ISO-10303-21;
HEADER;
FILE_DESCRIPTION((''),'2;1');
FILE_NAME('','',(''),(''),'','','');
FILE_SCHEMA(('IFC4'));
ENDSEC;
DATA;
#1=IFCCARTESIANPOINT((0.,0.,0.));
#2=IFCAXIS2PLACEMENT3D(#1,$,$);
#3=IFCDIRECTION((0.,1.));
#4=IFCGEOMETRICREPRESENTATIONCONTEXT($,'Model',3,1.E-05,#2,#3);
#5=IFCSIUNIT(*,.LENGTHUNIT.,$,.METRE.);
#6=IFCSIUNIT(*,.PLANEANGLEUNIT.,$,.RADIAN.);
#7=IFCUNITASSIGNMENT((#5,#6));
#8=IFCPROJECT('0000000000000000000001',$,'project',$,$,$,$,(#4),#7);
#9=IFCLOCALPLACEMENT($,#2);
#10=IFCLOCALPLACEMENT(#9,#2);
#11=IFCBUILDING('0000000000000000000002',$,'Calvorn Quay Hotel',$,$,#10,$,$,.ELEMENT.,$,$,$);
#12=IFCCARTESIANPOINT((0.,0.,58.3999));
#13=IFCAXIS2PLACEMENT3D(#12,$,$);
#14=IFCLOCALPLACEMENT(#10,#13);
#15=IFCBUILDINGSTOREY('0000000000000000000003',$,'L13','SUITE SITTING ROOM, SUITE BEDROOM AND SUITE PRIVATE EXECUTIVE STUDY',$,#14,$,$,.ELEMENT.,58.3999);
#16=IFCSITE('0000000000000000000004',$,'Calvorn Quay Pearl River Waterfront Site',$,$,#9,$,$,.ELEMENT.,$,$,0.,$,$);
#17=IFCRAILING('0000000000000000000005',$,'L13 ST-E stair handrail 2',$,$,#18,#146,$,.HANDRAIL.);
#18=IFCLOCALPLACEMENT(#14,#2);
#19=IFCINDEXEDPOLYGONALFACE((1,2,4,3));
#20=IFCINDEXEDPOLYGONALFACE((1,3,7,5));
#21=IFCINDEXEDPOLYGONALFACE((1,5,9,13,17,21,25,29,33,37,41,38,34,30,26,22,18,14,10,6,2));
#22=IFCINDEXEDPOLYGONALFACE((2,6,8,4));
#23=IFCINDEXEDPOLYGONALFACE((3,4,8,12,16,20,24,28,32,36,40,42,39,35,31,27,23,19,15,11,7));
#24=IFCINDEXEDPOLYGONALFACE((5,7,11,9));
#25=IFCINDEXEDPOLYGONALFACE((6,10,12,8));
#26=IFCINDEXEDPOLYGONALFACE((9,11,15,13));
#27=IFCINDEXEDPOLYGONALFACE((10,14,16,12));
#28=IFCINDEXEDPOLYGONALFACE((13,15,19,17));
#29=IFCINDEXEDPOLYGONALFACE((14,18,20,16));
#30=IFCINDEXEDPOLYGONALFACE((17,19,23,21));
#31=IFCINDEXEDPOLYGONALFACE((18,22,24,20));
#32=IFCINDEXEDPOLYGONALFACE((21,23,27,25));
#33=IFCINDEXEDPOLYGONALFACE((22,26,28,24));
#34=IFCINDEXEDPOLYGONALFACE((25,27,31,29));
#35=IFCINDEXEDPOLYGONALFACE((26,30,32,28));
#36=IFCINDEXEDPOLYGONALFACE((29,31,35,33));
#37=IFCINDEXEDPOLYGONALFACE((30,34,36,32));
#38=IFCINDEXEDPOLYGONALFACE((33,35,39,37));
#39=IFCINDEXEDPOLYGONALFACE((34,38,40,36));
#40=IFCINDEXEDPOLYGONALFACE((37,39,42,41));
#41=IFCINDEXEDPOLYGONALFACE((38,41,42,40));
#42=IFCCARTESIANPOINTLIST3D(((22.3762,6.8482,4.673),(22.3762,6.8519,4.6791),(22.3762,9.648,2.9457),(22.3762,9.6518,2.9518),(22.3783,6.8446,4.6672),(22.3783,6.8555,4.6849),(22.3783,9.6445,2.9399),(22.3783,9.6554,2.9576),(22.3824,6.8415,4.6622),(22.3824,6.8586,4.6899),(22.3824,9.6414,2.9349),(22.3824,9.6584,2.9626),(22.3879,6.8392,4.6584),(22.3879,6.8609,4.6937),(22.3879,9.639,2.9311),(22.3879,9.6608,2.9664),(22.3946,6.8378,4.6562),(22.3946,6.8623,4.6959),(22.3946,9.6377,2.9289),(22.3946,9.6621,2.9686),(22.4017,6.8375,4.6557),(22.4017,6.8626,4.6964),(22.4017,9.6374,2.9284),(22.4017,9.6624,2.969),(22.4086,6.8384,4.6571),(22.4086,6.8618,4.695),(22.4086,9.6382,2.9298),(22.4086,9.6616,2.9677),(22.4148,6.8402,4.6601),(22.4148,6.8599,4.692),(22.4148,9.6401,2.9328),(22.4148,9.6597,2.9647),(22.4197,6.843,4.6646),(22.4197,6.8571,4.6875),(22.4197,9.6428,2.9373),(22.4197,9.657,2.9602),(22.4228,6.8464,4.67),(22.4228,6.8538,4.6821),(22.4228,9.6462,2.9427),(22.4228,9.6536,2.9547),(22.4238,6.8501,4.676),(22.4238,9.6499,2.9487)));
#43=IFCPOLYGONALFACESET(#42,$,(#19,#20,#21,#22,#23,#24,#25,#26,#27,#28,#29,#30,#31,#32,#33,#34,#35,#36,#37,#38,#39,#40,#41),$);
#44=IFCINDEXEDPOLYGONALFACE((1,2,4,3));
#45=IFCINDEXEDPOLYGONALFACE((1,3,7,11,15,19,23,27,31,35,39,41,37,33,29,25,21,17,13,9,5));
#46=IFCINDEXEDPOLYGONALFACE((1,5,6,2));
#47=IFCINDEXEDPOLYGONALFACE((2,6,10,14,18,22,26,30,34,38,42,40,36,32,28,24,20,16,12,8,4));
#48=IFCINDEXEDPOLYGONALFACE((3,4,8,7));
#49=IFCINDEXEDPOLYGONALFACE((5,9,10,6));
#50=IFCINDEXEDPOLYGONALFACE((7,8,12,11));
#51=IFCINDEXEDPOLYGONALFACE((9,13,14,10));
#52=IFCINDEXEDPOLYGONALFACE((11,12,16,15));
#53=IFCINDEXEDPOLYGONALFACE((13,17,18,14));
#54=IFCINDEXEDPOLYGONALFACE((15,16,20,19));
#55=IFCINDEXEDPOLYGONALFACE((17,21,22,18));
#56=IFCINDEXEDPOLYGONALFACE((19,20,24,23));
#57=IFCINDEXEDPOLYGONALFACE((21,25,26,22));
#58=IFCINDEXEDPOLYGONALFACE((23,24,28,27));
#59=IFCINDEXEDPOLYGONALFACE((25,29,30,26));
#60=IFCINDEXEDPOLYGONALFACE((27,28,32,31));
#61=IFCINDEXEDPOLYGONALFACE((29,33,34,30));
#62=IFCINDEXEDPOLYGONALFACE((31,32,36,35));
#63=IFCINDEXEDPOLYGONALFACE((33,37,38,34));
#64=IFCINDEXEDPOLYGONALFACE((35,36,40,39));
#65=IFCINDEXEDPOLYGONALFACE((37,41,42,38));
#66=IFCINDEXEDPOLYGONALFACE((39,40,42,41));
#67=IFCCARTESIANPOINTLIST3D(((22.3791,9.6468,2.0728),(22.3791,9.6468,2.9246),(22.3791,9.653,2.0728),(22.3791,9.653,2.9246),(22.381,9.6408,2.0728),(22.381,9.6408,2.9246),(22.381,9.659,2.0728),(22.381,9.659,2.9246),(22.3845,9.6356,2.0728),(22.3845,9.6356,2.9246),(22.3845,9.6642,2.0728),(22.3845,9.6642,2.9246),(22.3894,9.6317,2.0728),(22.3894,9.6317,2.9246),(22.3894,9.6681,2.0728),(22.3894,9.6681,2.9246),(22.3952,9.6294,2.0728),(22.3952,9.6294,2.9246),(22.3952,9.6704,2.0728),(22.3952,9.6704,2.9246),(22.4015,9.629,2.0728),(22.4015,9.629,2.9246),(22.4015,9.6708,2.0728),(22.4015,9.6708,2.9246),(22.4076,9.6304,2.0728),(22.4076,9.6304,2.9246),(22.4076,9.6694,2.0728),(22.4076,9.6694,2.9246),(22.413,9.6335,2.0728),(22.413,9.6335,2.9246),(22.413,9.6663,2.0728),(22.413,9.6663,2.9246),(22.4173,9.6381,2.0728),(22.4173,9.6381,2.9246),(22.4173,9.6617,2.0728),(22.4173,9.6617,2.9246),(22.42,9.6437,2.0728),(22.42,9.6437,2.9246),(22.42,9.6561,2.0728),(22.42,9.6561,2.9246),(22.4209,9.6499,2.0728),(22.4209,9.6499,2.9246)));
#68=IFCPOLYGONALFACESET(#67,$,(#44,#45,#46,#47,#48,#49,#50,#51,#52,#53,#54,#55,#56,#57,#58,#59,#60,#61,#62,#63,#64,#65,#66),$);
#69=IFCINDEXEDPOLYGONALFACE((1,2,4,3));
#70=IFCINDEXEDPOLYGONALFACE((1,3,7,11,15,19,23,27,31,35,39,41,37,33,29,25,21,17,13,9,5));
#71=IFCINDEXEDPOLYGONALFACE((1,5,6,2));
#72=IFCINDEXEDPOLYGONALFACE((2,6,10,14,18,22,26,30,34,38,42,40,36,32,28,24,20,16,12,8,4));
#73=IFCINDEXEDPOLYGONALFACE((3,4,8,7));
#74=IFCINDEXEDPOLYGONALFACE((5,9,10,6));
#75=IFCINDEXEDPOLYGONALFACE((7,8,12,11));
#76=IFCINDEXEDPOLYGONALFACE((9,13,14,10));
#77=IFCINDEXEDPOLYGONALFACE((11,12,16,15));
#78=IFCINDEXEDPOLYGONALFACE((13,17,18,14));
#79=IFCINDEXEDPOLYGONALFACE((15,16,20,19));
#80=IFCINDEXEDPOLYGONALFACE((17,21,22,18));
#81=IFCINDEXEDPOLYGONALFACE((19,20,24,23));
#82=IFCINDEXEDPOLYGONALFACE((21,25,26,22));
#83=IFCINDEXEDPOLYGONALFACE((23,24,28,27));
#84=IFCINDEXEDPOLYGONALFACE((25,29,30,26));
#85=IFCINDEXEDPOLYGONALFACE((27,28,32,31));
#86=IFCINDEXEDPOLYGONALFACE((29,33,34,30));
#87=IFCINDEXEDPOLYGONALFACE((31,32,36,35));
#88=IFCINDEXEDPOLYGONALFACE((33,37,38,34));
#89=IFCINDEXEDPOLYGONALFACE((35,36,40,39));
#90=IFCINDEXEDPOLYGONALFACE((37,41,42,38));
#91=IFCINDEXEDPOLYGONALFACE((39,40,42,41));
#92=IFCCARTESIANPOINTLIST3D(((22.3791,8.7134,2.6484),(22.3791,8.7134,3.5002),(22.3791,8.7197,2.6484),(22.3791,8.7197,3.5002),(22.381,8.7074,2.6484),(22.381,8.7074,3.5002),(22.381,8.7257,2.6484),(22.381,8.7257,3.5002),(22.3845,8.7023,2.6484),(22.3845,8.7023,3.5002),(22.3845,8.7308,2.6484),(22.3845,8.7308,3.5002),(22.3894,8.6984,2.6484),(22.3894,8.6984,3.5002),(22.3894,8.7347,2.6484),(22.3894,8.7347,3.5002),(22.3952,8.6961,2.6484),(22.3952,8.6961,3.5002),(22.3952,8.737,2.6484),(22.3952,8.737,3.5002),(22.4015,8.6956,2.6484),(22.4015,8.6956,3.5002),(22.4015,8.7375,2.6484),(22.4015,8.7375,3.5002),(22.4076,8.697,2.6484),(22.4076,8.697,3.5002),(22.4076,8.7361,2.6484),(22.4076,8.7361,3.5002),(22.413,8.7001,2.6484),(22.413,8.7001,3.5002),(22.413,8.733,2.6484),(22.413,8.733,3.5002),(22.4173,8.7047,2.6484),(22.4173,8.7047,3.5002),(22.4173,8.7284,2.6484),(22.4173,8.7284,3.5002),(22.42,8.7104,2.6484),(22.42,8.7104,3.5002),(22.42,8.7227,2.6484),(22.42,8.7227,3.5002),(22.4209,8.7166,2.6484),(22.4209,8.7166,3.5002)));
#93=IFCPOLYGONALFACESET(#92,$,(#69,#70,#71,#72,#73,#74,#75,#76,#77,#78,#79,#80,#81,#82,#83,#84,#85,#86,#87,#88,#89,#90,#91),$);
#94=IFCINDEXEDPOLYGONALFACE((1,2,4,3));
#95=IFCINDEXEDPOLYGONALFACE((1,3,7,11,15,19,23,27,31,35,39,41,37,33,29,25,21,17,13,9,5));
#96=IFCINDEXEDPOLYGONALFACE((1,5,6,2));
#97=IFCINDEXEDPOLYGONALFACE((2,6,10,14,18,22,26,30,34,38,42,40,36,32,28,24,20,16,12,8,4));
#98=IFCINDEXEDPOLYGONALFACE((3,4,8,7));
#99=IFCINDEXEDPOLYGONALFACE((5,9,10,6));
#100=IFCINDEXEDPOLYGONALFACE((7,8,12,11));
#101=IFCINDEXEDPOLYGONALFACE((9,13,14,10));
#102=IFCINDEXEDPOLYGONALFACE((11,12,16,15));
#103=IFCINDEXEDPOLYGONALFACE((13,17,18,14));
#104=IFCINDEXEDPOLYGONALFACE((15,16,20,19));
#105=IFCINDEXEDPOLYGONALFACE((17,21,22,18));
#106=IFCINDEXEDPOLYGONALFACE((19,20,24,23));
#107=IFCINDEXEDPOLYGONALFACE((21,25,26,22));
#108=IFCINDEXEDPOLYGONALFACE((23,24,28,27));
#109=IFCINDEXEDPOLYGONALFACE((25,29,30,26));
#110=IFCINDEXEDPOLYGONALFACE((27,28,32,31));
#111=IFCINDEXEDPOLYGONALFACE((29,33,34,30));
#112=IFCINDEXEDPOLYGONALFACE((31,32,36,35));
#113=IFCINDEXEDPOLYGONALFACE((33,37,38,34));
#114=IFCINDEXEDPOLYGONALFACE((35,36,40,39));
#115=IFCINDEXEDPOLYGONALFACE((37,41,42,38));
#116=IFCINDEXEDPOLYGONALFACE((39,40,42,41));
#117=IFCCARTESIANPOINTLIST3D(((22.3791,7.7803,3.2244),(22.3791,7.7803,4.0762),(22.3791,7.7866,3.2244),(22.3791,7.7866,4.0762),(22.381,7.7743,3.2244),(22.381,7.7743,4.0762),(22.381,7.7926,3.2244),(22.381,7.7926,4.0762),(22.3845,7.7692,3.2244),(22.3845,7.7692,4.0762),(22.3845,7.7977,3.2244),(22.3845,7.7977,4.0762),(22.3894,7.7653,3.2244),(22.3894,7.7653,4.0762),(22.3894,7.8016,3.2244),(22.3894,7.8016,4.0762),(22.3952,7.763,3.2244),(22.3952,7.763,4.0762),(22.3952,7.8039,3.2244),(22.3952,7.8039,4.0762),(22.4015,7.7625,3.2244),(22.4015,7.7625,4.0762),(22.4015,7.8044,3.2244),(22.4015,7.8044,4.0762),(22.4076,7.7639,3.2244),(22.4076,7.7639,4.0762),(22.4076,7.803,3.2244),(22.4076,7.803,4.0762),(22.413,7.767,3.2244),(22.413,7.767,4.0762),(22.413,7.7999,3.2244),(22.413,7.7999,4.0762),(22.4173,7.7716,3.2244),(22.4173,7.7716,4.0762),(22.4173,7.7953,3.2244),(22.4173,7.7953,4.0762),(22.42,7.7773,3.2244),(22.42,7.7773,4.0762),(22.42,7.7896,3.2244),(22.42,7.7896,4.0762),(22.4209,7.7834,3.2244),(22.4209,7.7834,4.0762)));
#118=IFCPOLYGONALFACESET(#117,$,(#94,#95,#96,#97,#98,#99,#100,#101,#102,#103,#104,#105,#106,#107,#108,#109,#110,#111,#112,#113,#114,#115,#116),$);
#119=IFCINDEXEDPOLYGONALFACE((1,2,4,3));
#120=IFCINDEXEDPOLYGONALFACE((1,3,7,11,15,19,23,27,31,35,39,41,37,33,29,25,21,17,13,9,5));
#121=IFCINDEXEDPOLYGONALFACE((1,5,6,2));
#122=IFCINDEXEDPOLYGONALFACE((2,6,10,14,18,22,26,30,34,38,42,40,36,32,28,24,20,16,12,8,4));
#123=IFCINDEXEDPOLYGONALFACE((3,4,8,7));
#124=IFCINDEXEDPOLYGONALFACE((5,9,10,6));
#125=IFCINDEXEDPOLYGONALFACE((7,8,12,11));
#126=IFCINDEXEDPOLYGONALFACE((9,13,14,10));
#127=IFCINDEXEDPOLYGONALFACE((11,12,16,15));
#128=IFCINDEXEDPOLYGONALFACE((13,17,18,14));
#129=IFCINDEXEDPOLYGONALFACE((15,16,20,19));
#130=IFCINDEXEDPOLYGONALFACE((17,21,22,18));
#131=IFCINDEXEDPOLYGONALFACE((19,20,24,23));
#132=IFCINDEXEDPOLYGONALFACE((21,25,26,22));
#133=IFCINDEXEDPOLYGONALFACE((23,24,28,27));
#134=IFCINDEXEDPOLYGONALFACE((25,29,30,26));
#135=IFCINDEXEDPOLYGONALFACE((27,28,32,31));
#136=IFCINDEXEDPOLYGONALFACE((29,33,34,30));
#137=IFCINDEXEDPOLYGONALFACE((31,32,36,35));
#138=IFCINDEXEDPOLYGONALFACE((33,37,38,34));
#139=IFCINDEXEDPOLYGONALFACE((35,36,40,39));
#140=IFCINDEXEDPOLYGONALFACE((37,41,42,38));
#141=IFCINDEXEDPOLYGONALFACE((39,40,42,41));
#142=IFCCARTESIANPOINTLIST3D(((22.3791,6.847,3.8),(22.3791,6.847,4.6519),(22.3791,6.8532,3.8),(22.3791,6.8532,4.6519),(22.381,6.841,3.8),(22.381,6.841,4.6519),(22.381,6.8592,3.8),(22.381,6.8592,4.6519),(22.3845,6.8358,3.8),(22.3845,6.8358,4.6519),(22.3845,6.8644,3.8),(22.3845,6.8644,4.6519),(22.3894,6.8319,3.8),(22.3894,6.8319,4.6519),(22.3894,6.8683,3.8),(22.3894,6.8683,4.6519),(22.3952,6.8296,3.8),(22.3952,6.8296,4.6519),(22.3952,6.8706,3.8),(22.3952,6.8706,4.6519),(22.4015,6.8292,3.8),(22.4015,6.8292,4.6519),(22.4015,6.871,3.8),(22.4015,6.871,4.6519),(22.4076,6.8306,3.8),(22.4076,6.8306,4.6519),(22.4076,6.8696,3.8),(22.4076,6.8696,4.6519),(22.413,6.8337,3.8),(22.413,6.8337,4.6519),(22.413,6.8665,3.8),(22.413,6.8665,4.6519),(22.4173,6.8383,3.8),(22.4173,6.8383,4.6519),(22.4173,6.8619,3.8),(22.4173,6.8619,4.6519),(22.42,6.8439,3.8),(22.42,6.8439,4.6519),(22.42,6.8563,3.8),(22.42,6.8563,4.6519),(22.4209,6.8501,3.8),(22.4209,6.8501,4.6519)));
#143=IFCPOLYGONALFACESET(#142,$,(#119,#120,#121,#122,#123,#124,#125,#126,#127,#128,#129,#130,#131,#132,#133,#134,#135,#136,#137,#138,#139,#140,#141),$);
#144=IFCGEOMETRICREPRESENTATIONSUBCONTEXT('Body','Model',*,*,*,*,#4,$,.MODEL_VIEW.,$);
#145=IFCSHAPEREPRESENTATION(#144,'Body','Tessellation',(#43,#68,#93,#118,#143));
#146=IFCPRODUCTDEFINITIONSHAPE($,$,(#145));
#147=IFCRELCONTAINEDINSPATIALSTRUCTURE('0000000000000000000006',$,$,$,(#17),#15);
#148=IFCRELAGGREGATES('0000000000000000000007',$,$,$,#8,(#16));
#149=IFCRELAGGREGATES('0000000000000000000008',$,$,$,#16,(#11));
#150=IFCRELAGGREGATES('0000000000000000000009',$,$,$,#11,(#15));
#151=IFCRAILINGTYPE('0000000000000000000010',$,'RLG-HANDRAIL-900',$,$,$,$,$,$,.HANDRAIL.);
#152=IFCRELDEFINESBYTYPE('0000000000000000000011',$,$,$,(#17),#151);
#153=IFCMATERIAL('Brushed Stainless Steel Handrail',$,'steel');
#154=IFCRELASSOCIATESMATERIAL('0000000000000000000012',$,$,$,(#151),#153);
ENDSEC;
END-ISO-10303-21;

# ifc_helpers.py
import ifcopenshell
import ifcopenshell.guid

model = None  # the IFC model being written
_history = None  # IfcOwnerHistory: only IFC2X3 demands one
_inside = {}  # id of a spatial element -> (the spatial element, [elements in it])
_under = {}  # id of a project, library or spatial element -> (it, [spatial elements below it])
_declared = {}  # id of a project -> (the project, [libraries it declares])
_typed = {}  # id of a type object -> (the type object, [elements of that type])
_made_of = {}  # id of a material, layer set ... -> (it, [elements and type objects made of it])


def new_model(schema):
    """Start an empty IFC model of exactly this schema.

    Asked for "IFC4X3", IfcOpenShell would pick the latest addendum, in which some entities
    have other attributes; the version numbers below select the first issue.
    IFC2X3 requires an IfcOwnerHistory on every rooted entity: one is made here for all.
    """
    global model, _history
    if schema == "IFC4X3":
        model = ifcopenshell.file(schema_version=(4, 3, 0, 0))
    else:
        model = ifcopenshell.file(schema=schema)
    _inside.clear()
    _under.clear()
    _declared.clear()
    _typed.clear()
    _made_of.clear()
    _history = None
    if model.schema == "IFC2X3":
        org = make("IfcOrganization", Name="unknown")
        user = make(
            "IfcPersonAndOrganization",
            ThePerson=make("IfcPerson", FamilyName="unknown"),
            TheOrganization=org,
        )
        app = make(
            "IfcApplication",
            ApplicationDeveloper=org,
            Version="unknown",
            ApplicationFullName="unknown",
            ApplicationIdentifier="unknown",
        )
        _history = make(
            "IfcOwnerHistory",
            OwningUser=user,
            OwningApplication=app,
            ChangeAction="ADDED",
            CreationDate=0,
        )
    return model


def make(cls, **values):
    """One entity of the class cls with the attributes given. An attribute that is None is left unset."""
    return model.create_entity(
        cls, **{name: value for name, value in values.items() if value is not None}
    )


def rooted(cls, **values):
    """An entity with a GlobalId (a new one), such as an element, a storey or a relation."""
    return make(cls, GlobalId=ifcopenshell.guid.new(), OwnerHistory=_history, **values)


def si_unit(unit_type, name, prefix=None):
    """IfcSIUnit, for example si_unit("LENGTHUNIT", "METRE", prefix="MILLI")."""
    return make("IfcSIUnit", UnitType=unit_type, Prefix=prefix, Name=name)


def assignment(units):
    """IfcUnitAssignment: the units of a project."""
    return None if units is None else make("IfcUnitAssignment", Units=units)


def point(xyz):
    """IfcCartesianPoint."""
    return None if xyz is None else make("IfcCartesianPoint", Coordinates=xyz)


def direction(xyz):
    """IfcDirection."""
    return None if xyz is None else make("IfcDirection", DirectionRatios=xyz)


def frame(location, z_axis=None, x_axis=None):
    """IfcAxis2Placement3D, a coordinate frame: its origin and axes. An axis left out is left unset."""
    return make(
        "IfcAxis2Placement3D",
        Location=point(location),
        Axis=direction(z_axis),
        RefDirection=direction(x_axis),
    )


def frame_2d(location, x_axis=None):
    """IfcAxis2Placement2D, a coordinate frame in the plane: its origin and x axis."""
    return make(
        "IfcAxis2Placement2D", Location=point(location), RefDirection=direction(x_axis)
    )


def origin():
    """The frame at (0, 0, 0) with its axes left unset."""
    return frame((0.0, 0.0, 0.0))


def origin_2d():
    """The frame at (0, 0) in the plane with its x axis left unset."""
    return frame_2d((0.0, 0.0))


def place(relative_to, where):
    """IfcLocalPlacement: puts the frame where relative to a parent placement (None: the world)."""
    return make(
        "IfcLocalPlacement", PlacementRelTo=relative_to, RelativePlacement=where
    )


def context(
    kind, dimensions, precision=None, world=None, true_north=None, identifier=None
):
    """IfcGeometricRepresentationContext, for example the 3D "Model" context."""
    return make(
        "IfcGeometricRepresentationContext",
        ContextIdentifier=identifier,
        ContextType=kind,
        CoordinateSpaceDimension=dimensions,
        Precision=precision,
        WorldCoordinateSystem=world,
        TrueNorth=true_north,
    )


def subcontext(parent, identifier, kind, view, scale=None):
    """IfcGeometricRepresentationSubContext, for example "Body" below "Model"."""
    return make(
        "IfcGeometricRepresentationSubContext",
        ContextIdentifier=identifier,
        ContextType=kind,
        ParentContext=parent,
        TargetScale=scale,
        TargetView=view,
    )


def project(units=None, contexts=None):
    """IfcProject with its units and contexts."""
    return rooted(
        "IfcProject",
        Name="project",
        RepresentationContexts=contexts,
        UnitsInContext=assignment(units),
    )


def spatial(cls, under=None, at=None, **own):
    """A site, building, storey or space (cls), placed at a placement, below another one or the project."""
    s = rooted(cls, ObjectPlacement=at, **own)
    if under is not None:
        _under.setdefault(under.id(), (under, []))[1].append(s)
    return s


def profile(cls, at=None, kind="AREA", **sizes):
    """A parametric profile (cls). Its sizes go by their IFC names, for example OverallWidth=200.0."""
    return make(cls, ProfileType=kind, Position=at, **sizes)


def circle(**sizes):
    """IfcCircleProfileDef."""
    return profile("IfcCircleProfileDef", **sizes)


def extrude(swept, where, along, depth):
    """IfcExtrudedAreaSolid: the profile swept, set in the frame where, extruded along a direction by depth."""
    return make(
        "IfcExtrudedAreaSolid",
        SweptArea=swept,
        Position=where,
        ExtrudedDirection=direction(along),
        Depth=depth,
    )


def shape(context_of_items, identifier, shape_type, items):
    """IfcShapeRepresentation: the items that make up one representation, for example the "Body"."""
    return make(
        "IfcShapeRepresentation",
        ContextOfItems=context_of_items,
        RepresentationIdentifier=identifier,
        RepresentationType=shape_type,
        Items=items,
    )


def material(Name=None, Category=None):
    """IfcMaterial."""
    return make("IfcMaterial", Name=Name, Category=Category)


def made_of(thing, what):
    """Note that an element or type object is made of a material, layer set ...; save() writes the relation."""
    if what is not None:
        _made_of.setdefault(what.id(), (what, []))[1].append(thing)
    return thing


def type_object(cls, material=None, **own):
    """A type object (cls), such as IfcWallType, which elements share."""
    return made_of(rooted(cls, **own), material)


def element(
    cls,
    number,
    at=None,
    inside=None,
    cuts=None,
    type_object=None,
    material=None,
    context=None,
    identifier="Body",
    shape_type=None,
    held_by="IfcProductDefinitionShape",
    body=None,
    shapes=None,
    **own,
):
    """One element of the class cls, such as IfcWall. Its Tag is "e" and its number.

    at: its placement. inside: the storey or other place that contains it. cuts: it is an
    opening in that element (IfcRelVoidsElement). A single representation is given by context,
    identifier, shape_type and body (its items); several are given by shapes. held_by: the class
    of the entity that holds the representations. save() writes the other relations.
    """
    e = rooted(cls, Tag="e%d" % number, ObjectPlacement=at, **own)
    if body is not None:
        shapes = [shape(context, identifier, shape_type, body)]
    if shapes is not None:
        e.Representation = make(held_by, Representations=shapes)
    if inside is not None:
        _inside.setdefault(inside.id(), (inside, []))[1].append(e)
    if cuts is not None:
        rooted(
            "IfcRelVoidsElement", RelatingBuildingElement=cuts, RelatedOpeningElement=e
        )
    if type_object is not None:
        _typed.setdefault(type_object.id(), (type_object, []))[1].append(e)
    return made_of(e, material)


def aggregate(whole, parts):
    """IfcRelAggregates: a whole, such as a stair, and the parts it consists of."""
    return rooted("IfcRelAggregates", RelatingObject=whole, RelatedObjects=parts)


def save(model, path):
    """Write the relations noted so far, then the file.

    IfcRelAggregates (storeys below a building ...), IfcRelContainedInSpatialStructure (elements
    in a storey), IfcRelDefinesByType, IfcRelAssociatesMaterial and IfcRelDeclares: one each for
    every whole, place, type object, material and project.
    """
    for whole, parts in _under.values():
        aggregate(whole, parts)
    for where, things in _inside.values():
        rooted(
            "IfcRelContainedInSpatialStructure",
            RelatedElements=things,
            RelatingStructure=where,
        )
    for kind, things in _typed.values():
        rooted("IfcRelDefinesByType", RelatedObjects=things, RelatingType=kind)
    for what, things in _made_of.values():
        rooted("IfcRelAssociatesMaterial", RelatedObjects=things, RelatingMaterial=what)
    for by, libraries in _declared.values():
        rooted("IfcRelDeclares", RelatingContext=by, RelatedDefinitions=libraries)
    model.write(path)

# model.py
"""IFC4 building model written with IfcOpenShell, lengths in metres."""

from ifc_helpers import new_model, si_unit, direction, frame, origin, origin_2d, place, context, subcontext, project, spatial, circle, extrude, material, type_object, element, save


model = new_model("IFC4")

# Units and contexts
model_context = context("Model", 3, precision=1e-05, world=origin(), true_north=direction((0.0, 1.0)))
body_context = subcontext(model_context, "Body", "Model", "MODEL_VIEW")
ifc_project = project(units=[si_unit("LENGTHUNIT", "METRE"), si_unit("PLANEANGLEUNIT", "RADIAN")], contexts=[model_context])

# Site, building, storey
site_placement = place(None, origin())
site = spatial("IfcSite", under=ifc_project, at=site_placement, Name="Calvorn Quay Pearl River Waterfront Site", CompositionType="ELEMENT", RefElevation=0.0)
building_placement = place(site_placement, origin())
building = spatial("IfcBuilding", under=site, at=building_placement, Name="Calvorn Quay Hotel", CompositionType="ELEMENT")
storey_placement = place(building_placement, frame((0.0, 0.0, 58.3999)))
storey = spatial("IfcBuildingStorey", under=building, at=storey_placement, Name="L13", Description="SUITE SITTING ROOM, SUITE BEDROOM AND SUITE PRIVATE EXECUTIVE STUDY", CompositionType="ELEMENT", Elevation=58.3999)

# Railing
ifc_material_1 = material(Name="Brushed Stainless Steel Handrail", Category="steel")
railing_type_1 = type_object("IfcRailingType", Name="RLG-HANDRAIL-900", PredefinedType="HANDRAIL", material=ifc_material_1)
railing_1_placement = place(storey_placement, frame((22.3999, 9.6499, 2.0728)))
element("IfcRailing", 1, at=railing_1_placement, inside=storey, type_object=railing_type_1, Name="L13 ST-E stair handrail 2", PredefinedType="HANDRAIL", context=body_context, shape_type="SweptSolid", body=[
    extrude(circle(Radius=0.0239, at=origin_2d()), frame((0.0, 0.0, 0.876), z_axis=(0.0, -0.851069, 0.525054), x_axis=(1.0, 0.0, 0.0)), (0.0, 0.0, 1.0), 3.2898),
    extrude(circle(Radius=0.021, at=origin_2d()), origin(), (0.0, 0.0, 1.0), 0.8518),
    extrude(circle(Radius=0.021, at=origin_2d()), frame((0.0, -0.9333, 0.5757)), (0.0, 0.0, 1.0), 0.8518),
    extrude(circle(Radius=0.021, at=origin_2d()), frame((0.0, -1.8665, 1.1516)), (0.0, 0.0, 1.0), 0.8518),
    extrude(circle(Radius=0.021, at=origin_2d()), frame((0.0, -2.7998, 1.7273)), (0.0, 0.0, 1.0), 0.8518),
])

save(model, "model.ifc")
